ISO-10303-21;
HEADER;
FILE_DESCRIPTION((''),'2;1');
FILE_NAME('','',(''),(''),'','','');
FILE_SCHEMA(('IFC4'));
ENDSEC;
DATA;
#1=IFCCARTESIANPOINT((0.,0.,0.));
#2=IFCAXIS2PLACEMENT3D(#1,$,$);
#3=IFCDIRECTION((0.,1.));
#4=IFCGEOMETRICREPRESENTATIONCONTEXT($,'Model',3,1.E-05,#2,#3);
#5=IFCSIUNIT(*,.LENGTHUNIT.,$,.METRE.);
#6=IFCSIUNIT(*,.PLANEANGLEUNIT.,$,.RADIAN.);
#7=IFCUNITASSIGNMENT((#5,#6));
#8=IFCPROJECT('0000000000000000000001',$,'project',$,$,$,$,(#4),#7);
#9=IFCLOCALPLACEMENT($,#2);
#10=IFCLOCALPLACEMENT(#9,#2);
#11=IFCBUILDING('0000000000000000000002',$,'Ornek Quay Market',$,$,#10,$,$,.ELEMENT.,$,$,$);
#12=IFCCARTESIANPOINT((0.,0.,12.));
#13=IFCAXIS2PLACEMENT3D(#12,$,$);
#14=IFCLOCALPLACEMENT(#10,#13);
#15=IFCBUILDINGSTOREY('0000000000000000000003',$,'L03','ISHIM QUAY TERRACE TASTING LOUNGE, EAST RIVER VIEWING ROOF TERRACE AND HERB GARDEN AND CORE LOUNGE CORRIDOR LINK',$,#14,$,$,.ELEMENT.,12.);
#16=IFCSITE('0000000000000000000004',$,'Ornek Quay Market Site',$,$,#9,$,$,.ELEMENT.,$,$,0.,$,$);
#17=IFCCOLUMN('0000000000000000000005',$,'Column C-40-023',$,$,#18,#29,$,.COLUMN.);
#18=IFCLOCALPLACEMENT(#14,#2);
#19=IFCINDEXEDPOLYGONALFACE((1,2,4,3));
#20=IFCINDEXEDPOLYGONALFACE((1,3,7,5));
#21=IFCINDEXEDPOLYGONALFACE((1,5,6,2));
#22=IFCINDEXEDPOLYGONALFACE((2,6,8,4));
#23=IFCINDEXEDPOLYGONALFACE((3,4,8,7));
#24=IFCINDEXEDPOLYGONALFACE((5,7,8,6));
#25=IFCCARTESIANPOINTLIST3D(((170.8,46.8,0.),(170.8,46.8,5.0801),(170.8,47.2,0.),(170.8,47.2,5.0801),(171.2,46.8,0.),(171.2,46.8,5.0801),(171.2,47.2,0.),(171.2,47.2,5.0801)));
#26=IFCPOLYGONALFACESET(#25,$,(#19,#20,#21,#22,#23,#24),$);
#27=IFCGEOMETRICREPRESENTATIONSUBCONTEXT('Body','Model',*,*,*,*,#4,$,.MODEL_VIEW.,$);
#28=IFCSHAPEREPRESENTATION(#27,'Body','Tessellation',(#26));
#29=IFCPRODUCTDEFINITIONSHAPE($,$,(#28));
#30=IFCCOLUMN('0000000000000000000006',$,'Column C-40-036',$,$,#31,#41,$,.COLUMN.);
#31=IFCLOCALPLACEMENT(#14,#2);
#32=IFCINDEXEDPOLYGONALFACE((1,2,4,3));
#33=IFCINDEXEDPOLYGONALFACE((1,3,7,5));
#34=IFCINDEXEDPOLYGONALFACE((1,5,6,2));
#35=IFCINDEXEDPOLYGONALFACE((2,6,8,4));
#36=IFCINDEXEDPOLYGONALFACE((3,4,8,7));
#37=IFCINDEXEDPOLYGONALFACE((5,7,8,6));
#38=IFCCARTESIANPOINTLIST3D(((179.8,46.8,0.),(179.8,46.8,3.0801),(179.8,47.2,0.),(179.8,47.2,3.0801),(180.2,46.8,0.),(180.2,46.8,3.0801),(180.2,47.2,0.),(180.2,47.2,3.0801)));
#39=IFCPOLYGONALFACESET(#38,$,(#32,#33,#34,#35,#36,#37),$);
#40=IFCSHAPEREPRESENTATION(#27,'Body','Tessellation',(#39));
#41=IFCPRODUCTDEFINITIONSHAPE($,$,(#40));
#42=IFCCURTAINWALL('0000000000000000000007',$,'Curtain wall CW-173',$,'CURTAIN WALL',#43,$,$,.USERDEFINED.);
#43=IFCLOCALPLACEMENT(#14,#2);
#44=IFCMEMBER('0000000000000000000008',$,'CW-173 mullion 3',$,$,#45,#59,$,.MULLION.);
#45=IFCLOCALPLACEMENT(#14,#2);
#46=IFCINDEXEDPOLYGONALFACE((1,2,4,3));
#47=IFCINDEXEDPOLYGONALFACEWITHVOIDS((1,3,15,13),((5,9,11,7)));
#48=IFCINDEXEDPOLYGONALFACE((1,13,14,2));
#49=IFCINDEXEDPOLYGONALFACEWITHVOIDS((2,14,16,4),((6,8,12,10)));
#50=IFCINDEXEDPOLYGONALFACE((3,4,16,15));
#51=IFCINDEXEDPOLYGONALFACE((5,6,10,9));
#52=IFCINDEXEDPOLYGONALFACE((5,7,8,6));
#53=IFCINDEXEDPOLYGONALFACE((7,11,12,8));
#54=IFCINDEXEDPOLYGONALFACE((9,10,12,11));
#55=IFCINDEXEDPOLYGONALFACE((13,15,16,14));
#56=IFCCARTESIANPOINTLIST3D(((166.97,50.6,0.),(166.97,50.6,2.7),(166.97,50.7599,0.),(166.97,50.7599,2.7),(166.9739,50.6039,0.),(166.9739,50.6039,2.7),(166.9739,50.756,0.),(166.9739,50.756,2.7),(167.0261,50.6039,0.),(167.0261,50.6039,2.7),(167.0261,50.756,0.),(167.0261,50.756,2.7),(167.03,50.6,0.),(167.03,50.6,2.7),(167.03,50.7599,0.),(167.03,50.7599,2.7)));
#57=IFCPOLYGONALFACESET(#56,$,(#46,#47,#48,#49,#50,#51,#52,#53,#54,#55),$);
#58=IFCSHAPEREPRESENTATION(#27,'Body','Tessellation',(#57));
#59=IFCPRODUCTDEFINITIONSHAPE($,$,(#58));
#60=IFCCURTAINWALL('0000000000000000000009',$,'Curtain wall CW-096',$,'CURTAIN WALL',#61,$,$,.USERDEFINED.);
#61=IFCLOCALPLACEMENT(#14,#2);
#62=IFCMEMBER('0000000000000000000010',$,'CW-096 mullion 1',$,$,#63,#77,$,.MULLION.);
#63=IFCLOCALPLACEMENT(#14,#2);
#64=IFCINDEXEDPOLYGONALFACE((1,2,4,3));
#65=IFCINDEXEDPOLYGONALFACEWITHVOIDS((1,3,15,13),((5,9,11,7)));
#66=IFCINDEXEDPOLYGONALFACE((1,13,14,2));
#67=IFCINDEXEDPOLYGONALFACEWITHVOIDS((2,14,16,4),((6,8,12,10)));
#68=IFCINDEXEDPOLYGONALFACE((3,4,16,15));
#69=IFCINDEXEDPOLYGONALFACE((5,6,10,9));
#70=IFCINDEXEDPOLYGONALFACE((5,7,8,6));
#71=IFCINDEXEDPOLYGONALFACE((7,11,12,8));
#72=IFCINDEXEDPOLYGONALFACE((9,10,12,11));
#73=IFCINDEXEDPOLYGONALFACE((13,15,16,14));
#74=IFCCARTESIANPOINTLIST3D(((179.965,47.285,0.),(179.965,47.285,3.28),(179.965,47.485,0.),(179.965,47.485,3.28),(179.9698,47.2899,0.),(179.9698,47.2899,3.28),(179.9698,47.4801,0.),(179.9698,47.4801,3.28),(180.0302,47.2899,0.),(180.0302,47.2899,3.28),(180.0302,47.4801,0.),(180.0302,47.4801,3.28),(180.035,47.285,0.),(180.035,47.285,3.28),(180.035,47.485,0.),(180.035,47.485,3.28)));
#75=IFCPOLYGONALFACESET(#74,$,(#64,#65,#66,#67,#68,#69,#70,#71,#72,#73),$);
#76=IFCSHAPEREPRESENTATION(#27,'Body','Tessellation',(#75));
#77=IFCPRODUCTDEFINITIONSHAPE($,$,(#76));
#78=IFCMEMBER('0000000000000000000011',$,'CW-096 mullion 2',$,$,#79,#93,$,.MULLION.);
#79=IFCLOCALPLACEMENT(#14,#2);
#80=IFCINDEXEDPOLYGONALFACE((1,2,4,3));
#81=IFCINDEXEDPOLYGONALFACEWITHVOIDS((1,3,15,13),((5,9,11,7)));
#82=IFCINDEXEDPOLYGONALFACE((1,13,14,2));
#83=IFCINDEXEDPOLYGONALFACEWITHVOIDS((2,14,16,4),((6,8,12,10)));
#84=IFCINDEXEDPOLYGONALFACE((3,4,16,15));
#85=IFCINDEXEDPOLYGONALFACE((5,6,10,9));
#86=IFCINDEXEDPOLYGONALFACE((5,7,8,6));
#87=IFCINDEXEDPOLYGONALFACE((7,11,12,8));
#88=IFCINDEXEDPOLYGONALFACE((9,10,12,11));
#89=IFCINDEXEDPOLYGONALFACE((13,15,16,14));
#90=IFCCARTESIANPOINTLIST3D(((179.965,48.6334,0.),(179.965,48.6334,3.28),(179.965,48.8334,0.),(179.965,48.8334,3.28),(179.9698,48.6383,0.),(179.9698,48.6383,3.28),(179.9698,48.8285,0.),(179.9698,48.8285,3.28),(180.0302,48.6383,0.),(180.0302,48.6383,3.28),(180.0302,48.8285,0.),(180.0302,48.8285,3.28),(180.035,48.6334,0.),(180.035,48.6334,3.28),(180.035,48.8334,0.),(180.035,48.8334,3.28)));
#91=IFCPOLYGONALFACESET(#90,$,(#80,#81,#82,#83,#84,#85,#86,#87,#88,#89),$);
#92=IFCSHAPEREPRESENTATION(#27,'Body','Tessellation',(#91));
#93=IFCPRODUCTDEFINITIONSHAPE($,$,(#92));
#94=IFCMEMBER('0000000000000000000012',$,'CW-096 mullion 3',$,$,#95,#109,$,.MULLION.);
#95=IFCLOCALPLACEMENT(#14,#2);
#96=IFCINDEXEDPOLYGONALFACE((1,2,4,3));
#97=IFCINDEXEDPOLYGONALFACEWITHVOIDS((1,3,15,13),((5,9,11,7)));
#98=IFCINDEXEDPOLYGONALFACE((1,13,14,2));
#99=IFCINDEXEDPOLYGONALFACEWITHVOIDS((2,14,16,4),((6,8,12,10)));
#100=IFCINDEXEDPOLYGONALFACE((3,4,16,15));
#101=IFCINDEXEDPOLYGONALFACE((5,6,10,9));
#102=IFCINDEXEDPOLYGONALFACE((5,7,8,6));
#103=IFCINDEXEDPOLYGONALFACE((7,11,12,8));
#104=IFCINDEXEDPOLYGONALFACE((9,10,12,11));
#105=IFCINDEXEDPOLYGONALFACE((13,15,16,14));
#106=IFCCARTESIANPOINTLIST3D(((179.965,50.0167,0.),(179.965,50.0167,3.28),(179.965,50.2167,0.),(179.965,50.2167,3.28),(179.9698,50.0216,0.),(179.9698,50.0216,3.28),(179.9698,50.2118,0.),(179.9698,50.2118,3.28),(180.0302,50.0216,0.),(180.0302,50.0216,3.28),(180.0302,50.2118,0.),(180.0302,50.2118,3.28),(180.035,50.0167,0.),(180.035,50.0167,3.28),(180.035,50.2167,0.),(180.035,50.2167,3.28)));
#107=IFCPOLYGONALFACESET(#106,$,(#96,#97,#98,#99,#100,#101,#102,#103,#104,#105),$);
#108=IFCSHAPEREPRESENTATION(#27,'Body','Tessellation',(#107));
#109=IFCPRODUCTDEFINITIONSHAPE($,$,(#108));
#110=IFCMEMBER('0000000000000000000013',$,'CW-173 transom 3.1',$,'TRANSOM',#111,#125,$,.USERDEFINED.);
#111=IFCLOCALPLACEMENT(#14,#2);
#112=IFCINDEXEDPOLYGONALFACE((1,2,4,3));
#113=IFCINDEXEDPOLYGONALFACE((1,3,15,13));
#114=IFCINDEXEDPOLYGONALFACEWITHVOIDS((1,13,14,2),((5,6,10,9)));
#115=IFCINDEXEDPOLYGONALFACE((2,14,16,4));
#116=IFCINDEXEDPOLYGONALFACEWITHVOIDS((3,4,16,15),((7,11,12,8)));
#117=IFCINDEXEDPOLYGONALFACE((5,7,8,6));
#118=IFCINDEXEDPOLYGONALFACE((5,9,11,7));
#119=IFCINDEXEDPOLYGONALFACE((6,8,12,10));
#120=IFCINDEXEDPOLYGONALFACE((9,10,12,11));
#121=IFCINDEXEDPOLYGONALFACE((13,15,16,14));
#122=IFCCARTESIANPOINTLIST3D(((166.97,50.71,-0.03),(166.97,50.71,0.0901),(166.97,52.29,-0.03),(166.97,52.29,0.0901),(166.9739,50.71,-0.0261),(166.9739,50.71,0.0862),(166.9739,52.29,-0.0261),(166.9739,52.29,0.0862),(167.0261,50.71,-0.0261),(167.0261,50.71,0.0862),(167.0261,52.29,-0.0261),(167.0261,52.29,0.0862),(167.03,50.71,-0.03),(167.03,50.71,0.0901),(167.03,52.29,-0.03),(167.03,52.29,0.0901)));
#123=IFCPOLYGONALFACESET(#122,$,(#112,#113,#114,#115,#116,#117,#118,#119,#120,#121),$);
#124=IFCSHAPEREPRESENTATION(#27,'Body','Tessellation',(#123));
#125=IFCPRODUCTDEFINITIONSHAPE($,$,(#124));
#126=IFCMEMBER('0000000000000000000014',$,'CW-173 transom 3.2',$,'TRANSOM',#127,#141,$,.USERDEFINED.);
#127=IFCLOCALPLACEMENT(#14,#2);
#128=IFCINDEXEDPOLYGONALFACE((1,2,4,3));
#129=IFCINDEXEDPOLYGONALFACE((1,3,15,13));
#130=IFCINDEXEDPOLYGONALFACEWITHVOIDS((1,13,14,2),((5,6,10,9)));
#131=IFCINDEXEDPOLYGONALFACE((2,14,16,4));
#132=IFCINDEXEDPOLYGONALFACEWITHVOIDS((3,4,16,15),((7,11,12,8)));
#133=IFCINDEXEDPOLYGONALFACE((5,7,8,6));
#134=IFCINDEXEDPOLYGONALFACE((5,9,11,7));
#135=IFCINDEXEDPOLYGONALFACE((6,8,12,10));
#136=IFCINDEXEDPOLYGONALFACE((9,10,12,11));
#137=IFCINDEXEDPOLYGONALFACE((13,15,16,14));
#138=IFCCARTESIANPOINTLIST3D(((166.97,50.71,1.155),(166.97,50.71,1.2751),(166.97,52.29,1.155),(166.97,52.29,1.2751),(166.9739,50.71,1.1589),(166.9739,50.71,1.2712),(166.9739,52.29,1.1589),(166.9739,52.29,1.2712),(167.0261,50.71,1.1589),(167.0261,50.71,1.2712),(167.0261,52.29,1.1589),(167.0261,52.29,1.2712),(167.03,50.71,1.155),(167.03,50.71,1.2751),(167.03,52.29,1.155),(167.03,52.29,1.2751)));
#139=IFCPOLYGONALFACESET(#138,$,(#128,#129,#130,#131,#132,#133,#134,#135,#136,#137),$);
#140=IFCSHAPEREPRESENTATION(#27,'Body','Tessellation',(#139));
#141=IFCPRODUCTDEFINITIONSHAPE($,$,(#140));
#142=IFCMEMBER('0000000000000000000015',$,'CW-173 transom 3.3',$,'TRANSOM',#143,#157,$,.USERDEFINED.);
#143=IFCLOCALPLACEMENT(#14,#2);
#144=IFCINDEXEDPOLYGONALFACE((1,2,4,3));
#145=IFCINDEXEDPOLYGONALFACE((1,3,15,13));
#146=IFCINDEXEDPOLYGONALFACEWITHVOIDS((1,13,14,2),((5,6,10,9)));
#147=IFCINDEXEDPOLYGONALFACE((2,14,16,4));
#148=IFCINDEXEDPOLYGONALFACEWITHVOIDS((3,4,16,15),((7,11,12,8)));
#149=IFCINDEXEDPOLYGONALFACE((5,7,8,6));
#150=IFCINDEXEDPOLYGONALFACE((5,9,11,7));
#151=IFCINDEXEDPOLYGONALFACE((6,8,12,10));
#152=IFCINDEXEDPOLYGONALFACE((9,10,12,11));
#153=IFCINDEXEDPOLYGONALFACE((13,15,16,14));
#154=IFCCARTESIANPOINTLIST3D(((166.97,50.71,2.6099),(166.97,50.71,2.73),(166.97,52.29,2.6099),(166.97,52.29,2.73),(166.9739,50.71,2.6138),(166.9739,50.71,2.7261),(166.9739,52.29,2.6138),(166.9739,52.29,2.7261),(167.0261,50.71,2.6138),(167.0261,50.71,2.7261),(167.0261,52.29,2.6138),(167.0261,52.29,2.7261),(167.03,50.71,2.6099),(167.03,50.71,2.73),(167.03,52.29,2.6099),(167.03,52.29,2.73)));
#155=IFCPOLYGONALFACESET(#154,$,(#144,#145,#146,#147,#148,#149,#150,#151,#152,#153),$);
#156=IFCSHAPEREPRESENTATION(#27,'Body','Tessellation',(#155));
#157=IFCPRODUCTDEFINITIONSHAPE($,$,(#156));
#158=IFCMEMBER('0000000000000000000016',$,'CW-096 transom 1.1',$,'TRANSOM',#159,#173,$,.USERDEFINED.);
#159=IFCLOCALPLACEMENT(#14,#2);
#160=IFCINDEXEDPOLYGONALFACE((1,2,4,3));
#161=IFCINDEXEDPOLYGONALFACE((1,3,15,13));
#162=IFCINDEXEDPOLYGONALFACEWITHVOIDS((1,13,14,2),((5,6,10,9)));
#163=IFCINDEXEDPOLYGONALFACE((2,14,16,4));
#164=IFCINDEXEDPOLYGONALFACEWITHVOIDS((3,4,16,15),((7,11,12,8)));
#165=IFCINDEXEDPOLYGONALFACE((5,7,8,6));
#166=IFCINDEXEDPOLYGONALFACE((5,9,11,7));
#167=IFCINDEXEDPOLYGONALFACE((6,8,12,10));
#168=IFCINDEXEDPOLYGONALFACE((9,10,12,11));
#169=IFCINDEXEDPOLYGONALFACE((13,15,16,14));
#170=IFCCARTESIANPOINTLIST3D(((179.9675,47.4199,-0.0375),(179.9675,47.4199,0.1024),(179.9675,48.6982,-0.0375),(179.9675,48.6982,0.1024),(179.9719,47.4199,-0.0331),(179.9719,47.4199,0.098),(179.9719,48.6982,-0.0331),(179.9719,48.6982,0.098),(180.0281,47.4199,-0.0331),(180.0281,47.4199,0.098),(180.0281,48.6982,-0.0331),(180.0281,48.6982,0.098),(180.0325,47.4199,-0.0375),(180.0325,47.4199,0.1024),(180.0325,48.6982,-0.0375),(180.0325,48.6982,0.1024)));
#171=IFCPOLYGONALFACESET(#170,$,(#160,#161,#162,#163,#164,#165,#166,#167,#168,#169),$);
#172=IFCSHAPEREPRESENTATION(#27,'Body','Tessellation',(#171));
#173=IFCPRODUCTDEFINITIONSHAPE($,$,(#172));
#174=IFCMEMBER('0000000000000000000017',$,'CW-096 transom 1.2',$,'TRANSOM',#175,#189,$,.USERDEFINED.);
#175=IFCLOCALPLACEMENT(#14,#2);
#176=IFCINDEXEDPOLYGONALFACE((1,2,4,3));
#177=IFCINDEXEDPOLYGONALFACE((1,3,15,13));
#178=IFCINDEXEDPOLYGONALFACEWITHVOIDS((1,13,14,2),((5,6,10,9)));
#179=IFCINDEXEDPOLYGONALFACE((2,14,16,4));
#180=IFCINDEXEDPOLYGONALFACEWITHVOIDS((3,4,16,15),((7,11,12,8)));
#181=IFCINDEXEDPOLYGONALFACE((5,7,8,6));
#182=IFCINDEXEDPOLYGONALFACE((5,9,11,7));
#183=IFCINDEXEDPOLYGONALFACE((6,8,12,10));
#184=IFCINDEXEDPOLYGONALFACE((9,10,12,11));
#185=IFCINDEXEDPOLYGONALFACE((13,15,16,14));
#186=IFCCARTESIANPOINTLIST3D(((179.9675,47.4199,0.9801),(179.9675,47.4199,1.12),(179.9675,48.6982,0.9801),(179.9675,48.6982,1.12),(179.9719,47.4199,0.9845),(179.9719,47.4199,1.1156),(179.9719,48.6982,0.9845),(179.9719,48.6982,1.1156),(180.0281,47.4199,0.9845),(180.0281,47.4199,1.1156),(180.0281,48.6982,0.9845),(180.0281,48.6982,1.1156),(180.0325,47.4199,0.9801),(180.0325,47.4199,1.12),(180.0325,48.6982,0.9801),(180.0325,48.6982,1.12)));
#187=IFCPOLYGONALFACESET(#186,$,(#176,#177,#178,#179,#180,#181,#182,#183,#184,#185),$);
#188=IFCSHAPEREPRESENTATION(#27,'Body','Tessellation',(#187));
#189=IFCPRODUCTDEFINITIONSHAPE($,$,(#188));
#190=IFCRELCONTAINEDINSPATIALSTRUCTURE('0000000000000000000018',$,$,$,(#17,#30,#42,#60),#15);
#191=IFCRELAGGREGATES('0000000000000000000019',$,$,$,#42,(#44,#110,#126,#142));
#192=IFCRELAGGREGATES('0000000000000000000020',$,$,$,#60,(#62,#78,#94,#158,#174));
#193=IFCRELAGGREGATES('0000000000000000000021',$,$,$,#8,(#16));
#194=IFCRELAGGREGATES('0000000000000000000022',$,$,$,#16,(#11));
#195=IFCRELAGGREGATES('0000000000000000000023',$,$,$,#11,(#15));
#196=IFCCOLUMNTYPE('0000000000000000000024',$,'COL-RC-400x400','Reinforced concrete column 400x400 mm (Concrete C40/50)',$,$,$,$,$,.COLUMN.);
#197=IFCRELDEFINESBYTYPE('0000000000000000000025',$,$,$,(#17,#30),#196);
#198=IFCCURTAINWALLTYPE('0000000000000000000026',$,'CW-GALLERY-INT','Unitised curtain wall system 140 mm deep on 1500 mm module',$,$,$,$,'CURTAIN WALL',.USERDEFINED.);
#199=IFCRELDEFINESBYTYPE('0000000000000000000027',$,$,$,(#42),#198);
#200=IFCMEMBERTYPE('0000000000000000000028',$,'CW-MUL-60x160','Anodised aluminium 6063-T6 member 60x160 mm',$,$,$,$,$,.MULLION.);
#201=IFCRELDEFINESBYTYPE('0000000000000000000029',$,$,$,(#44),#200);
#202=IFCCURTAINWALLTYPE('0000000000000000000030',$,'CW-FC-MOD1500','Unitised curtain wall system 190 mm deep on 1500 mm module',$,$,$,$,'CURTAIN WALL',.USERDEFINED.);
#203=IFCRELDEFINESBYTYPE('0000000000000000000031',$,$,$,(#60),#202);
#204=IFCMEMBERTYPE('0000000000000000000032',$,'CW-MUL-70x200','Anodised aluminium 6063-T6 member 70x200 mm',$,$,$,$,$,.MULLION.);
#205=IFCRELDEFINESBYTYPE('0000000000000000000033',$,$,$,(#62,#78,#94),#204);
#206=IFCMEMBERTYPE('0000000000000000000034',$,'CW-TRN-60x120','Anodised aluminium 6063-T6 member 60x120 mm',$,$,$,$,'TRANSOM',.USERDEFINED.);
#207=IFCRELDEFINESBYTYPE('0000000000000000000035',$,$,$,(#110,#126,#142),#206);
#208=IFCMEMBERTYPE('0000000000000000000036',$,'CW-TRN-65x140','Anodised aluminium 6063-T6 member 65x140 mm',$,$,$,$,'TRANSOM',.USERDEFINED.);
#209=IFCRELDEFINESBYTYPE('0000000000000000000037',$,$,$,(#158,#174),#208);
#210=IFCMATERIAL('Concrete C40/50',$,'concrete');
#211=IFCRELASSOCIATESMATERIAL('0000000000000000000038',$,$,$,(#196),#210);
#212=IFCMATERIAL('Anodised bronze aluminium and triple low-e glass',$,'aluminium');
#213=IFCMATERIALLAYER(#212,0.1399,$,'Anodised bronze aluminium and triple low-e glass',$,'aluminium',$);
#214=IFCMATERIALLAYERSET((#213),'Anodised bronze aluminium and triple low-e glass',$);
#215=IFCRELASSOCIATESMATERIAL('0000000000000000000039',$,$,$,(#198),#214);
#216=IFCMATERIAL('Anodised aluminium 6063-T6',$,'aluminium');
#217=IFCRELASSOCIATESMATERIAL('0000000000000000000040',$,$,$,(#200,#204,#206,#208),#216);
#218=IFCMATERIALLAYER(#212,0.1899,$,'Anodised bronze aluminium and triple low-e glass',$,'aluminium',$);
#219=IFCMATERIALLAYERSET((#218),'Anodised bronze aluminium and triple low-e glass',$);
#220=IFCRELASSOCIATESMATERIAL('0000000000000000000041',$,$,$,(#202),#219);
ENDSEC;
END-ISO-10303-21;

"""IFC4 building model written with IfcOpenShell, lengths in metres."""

from ifc_helpers import new_model, si_unit, direction, frame, origin, origin_2d, place, context, subcontext, project, spatial, rectangle, hollow_rectangle, extrude, material, layer, layer_set, material_profile, profile_set, type_object, element, aggregate, save


model = new_model("IFC4")

# Units and contexts
model_context = context("Model", 3, precision=1e-05, world=origin(), true_north=direction((0.0, 1.0)))
body_context = subcontext(model_context, "Body", "Model", "MODEL_VIEW")
ifc_project = project(units=[si_unit("LENGTHUNIT", "METRE"), si_unit("PLANEANGLEUNIT", "RADIAN")], contexts=[model_context])

# Site, building, storey
site_placement = place(None, origin())
site = spatial("IfcSite", under=ifc_project, at=site_placement, Name="Ornek Quay Market Site", CompositionType="ELEMENT", RefElevation=0.0)
building_placement = place(site_placement, origin())
building = spatial("IfcBuilding", under=site, at=building_placement, Name="Ornek Quay Market", CompositionType="ELEMENT")
storey_placement = place(building_placement, frame((0.0, 0.0, 12.0)))
storey = spatial("IfcBuildingStorey", under=building, at=storey_placement, Name="L03", Description="ISHIM QUAY TERRACE TASTING LOUNGE, EAST RIVER VIEWING ROOF TERRACE AND HERB GARDEN AND CORE LOUNGE CORRIDOR LINK", CompositionType="ELEMENT", Elevation=12.0)

# Columns
ifc_material_1 = material(Name="Concrete C40/50", Category="concrete")
ifc_material_profile_1 = material_profile(ifc_material_1, rectangle(XDim=0.3999, YDim=0.3999, at=origin_2d()), Name="RC 400x400", Category="concrete")
ifc_profile_set_1 = profile_set([ifc_material_profile_1], Name="Concrete C40/50")
column_type = type_object("IfcColumnType", Name="COL-RC-400x400", Description="Reinforced concrete column 400x400 mm (Concrete C40/50)", PredefinedType="COLUMN", material=ifc_profile_set_1)
column_1_placement = place(storey_placement, frame((171.0, 47.0, 0.0), z_axis=(0.0, 0.0, 1.0), x_axis=(1.0, 0.0, 0.0)))
element("IfcColumn", 1, at=column_1_placement, inside=storey, type_object=column_type, Name="Column C-40-023", PredefinedType="COLUMN", context=body_context, shape_type="SweptSolid", body=[
    extrude(rectangle(XDim=0.3999, YDim=0.3999, at=origin_2d()), origin(), (0.0, 0.0, 1.0), 5.0801),
])
column_2_placement = place(storey_placement, frame((180.0, 47.0, 0.0), z_axis=(0.0, 0.0, 1.0), x_axis=(1.0, 0.0, 0.0)))
element("IfcColumn", 2, at=column_2_placement, inside=storey, type_object=column_type, Name="Column C-40-036", PredefinedType="COLUMN", context=body_context, shape_type="SweptSolid", body=[
    extrude(rectangle(XDim=0.3999, YDim=0.3999, at=origin_2d()), origin(), (0.0, 0.0, 1.0), 3.0801),
])

# Curtain wall, member
ifc_material_2 = material(Name="Anodised bronze aluminium and triple low-e glass", Category="aluminium")
ifc_layer_1 = layer(ifc_material_2, 0.1399, Name="Anodised bronze aluminium and triple low-e glass", Category="aluminium")
ifc_layer_set_1 = layer_set([ifc_layer_1], Name="Anodised bronze aluminium and triple low-e glass")
curtain_wall_type_1 = type_object("IfcCurtainWallType", Name="CW-GALLERY-INT", Description="Unitised curtain wall system 140 mm deep on 1500 mm module", ElementType="CURTAIN WALL", PredefinedType="USERDEFINED", material=ifc_layer_set_1)
curtain_wall_1_placement = place(storey_placement, origin())
curtain_wall_1 = element("IfcCurtainWall", 3, at=curtain_wall_1_placement, inside=storey, type_object=curtain_wall_type_1, Name="Curtain wall CW-173", ObjectType="CURTAIN WALL", PredefinedType="USERDEFINED")
ifc_material_3 = material(Name="Anodised aluminium 6063-T6", Category="aluminium")
ifc_material_profile_2 = material_profile(ifc_material_3, hollow_rectangle(XDim=0.0601, YDim=0.1599, WallThickness=0.0039, at=origin_2d()), Name="CW-MUL-60x160", Category="aluminium")
ifc_profile_set_2 = profile_set([ifc_material_profile_2], Name="Anodised aluminium 6063-T6")
member_type_1 = type_object("IfcMemberType", Name="CW-MUL-60x160", Description="Anodised aluminium 6063-T6 member 60x160 mm", PredefinedType="MULLION", material=ifc_profile_set_2)
member_1_placement = place(storey_placement, frame((167.0, 50.6799, 0.0), z_axis=(0.0, 0.0, 1.0), x_axis=(-1.0, 0.0, 0.0)))
member_1 = element("IfcMember", 4, at=member_1_placement, type_object=member_type_1, Name="CW-173 mullion 3", PredefinedType="MULLION", context=body_context, shape_type="SweptSolid", body=[
    extrude(hollow_rectangle(XDim=0.0601, YDim=0.1599, WallThickness=0.0039, at=origin_2d()), origin(), (0.0, 0.0, 1.0), 2.7),
])

# Curtain wall, members
ifc_layer_2 = layer(ifc_material_2, 0.1899, Name="Anodised bronze aluminium and triple low-e glass", Category="aluminium")
ifc_layer_set_2 = layer_set([ifc_layer_2], Name="Anodised bronze aluminium and triple low-e glass")
curtain_wall_type_2 = type_object("IfcCurtainWallType", Name="CW-FC-MOD1500", Description="Unitised curtain wall system 190 mm deep on 1500 mm module", ElementType="CURTAIN WALL", PredefinedType="USERDEFINED", material=ifc_layer_set_2)
curtain_wall_2_placement = place(storey_placement, origin())
curtain_wall_2 = element("IfcCurtainWall", 5, at=curtain_wall_2_placement, inside=storey, type_object=curtain_wall_type_2, Name="Curtain wall CW-096", ObjectType="CURTAIN WALL", PredefinedType="USERDEFINED")
ifc_material_profile_3 = material_profile(ifc_material_3, hollow_rectangle(XDim=0.0701, YDim=0.2, WallThickness=0.0049, at=origin_2d()), Name="CW-MUL-70x200", Category="aluminium")
ifc_profile_set_3 = profile_set([ifc_material_profile_3], Name="Anodised aluminium 6063-T6")
member_type_2 = type_object("IfcMemberType", Name="CW-MUL-70x200", Description="Anodised aluminium 6063-T6 member 70x200 mm", PredefinedType="MULLION", material=ifc_profile_set_3)
member_2_placement = place(storey_placement, frame((180.0, 47.385, 0.0), z_axis=(0.0, 0.0, 1.0), x_axis=(-1.0, 0.0, 0.0)))
member_2 = element("IfcMember", 6, at=member_2_placement, type_object=member_type_2, Name="CW-096 mullion 1", PredefinedType="MULLION", context=body_context, shape_type="SweptSolid", body=[
    extrude(hollow_rectangle(XDim=0.0701, YDim=0.2, WallThickness=0.0049, at=origin_2d()), origin(), (0.0, 0.0, 1.0), 3.28),
])
member_3_placement = place(storey_placement, frame((180.0, 48.7334, 0.0), z_axis=(0.0, 0.0, 1.0), x_axis=(-1.0, 0.0, 0.0)))
member_3 = element("IfcMember", 7, at=member_3_placement, type_object=member_type_2, Name="CW-096 mullion 2", PredefinedType="MULLION", context=body_context, shape_type="SweptSolid", body=[
    extrude(hollow_rectangle(XDim=0.0701, YDim=0.2, WallThickness=0.0049, at=origin_2d()), origin(), (0.0, 0.0, 1.0), 3.28),
])
member_4_placement = place(storey_placement, frame((180.0, 50.1167, 0.0), z_axis=(0.0, 0.0, 1.0), x_axis=(-1.0, 0.0, 0.0)))
member_4 = element("IfcMember", 8, at=member_4_placement, type_object=member_type_2, Name="CW-096 mullion 3", PredefinedType="MULLION", context=body_context, shape_type="SweptSolid", body=[
    extrude(hollow_rectangle(XDim=0.0701, YDim=0.2, WallThickness=0.0049, at=origin_2d()), origin(), (0.0, 0.0, 1.0), 3.28),
])

# Members
ifc_material_profile_4 = material_profile(ifc_material_3, hollow_rectangle(XDim=0.0601, YDim=0.1201, WallThickness=0.0039, at=origin_2d()), Name="CW-TRN-60x120", Category="aluminium")
ifc_profile_set_4 = profile_set([ifc_material_profile_4], Name="Anodised aluminium 6063-T6")
member_type_3 = type_object("IfcMemberType", Name="CW-TRN-60x120", Description="Anodised aluminium 6063-T6 member 60x120 mm", ElementType="TRANSOM", PredefinedType="USERDEFINED", material=ifc_profile_set_4)
member_5_placement = place(storey_placement, frame((167.0, 50.71, 0.03), z_axis=(0.0, 1.0, 0.0), x_axis=(-1.0, 0.0, 0.0)))
member_5 = element("IfcMember", 9, at=member_5_placement, type_object=member_type_3, Name="CW-173 transom 3.1", ObjectType="TRANSOM", PredefinedType="USERDEFINED", context=body_context, shape_type="SweptSolid", body=[
    extrude(hollow_rectangle(XDim=0.0601, YDim=0.1201, WallThickness=0.0039, at=origin_2d()), origin(), (0.0, 0.0, 1.0), 1.5801),
])
member_6_placement = place(storey_placement, frame((167.0, 50.71, 1.2151), z_axis=(0.0, 1.0, 0.0), x_axis=(-1.0, 0.0, 0.0)))
member_6 = element("IfcMember", 10, at=member_6_placement, type_object=member_type_3, Name="CW-173 transom 3.2", ObjectType="TRANSOM", PredefinedType="USERDEFINED", context=body_context, shape_type="SweptSolid", body=[
    extrude(hollow_rectangle(XDim=0.0601, YDim=0.1201, WallThickness=0.0039, at=origin_2d()), origin(), (0.0, 0.0, 1.0), 1.5801),
])
member_7_placement = place(storey_placement, frame((167.0, 50.71, 2.6699), z_axis=(0.0, 1.0, 0.0), x_axis=(-1.0, 0.0, 0.0)))
member_7 = element("IfcMember", 11, at=member_7_placement, type_object=member_type_3, Name="CW-173 transom 3.3", ObjectType="TRANSOM", PredefinedType="USERDEFINED", context=body_context, shape_type="SweptSolid", body=[
    extrude(hollow_rectangle(XDim=0.0601, YDim=0.1201, WallThickness=0.0039, at=origin_2d()), origin(), (0.0, 0.0, 1.0), 1.5801),
])
aggregate(curtain_wall_1, [member_1, member_5, member_6, member_7])
ifc_material_profile_5 = material_profile(ifc_material_3, hollow_rectangle(XDim=0.0649, YDim=0.1399, WallThickness=0.0044, at=origin_2d()), Name="CW-TRN-65x140", Category="aluminium")
ifc_profile_set_5 = profile_set([ifc_material_profile_5], Name="Anodised aluminium 6063-T6")
member_type_4 = type_object("IfcMemberType", Name="CW-TRN-65x140", Description="Anodised aluminium 6063-T6 member 65x140 mm", ElementType="TRANSOM", PredefinedType="USERDEFINED", material=ifc_profile_set_5)
member_8_placement = place(storey_placement, frame((180.0, 47.4199, 0.0325), z_axis=(0.0, 1.0, 0.0), x_axis=(-1.0, 0.0, 0.0)))
member_8 = element("IfcMember", 12, at=member_8_placement, type_object=member_type_4, Name="CW-096 transom 1.1", ObjectType="TRANSOM", PredefinedType="USERDEFINED", context=body_context, shape_type="SweptSolid", body=[
    extrude(hollow_rectangle(XDim=0.0649, YDim=0.1399, WallThickness=0.0044, at=origin_2d()), origin(), (0.0, 0.0, 1.0), 1.2783),
])
member_9_placement = place(storey_placement, frame((180.0, 47.4199, 1.05), z_axis=(0.0, 1.0, 0.0), x_axis=(-1.0, 0.0, 0.0)))
member_9 = element("IfcMember", 13, at=member_9_placement, type_object=member_type_4, Name="CW-096 transom 1.2", ObjectType="TRANSOM", PredefinedType="USERDEFINED", context=body_context, shape_type="SweptSolid", body=[
    extrude(hollow_rectangle(XDim=0.0649, YDim=0.1399, WallThickness=0.0044, at=origin_2d()), origin(), (0.0, 0.0, 1.0), 1.2783),
])

aggregate(curtain_wall_2, [member_2, member_3, member_4, member_8, member_9])

save(model, "model.ifc")
